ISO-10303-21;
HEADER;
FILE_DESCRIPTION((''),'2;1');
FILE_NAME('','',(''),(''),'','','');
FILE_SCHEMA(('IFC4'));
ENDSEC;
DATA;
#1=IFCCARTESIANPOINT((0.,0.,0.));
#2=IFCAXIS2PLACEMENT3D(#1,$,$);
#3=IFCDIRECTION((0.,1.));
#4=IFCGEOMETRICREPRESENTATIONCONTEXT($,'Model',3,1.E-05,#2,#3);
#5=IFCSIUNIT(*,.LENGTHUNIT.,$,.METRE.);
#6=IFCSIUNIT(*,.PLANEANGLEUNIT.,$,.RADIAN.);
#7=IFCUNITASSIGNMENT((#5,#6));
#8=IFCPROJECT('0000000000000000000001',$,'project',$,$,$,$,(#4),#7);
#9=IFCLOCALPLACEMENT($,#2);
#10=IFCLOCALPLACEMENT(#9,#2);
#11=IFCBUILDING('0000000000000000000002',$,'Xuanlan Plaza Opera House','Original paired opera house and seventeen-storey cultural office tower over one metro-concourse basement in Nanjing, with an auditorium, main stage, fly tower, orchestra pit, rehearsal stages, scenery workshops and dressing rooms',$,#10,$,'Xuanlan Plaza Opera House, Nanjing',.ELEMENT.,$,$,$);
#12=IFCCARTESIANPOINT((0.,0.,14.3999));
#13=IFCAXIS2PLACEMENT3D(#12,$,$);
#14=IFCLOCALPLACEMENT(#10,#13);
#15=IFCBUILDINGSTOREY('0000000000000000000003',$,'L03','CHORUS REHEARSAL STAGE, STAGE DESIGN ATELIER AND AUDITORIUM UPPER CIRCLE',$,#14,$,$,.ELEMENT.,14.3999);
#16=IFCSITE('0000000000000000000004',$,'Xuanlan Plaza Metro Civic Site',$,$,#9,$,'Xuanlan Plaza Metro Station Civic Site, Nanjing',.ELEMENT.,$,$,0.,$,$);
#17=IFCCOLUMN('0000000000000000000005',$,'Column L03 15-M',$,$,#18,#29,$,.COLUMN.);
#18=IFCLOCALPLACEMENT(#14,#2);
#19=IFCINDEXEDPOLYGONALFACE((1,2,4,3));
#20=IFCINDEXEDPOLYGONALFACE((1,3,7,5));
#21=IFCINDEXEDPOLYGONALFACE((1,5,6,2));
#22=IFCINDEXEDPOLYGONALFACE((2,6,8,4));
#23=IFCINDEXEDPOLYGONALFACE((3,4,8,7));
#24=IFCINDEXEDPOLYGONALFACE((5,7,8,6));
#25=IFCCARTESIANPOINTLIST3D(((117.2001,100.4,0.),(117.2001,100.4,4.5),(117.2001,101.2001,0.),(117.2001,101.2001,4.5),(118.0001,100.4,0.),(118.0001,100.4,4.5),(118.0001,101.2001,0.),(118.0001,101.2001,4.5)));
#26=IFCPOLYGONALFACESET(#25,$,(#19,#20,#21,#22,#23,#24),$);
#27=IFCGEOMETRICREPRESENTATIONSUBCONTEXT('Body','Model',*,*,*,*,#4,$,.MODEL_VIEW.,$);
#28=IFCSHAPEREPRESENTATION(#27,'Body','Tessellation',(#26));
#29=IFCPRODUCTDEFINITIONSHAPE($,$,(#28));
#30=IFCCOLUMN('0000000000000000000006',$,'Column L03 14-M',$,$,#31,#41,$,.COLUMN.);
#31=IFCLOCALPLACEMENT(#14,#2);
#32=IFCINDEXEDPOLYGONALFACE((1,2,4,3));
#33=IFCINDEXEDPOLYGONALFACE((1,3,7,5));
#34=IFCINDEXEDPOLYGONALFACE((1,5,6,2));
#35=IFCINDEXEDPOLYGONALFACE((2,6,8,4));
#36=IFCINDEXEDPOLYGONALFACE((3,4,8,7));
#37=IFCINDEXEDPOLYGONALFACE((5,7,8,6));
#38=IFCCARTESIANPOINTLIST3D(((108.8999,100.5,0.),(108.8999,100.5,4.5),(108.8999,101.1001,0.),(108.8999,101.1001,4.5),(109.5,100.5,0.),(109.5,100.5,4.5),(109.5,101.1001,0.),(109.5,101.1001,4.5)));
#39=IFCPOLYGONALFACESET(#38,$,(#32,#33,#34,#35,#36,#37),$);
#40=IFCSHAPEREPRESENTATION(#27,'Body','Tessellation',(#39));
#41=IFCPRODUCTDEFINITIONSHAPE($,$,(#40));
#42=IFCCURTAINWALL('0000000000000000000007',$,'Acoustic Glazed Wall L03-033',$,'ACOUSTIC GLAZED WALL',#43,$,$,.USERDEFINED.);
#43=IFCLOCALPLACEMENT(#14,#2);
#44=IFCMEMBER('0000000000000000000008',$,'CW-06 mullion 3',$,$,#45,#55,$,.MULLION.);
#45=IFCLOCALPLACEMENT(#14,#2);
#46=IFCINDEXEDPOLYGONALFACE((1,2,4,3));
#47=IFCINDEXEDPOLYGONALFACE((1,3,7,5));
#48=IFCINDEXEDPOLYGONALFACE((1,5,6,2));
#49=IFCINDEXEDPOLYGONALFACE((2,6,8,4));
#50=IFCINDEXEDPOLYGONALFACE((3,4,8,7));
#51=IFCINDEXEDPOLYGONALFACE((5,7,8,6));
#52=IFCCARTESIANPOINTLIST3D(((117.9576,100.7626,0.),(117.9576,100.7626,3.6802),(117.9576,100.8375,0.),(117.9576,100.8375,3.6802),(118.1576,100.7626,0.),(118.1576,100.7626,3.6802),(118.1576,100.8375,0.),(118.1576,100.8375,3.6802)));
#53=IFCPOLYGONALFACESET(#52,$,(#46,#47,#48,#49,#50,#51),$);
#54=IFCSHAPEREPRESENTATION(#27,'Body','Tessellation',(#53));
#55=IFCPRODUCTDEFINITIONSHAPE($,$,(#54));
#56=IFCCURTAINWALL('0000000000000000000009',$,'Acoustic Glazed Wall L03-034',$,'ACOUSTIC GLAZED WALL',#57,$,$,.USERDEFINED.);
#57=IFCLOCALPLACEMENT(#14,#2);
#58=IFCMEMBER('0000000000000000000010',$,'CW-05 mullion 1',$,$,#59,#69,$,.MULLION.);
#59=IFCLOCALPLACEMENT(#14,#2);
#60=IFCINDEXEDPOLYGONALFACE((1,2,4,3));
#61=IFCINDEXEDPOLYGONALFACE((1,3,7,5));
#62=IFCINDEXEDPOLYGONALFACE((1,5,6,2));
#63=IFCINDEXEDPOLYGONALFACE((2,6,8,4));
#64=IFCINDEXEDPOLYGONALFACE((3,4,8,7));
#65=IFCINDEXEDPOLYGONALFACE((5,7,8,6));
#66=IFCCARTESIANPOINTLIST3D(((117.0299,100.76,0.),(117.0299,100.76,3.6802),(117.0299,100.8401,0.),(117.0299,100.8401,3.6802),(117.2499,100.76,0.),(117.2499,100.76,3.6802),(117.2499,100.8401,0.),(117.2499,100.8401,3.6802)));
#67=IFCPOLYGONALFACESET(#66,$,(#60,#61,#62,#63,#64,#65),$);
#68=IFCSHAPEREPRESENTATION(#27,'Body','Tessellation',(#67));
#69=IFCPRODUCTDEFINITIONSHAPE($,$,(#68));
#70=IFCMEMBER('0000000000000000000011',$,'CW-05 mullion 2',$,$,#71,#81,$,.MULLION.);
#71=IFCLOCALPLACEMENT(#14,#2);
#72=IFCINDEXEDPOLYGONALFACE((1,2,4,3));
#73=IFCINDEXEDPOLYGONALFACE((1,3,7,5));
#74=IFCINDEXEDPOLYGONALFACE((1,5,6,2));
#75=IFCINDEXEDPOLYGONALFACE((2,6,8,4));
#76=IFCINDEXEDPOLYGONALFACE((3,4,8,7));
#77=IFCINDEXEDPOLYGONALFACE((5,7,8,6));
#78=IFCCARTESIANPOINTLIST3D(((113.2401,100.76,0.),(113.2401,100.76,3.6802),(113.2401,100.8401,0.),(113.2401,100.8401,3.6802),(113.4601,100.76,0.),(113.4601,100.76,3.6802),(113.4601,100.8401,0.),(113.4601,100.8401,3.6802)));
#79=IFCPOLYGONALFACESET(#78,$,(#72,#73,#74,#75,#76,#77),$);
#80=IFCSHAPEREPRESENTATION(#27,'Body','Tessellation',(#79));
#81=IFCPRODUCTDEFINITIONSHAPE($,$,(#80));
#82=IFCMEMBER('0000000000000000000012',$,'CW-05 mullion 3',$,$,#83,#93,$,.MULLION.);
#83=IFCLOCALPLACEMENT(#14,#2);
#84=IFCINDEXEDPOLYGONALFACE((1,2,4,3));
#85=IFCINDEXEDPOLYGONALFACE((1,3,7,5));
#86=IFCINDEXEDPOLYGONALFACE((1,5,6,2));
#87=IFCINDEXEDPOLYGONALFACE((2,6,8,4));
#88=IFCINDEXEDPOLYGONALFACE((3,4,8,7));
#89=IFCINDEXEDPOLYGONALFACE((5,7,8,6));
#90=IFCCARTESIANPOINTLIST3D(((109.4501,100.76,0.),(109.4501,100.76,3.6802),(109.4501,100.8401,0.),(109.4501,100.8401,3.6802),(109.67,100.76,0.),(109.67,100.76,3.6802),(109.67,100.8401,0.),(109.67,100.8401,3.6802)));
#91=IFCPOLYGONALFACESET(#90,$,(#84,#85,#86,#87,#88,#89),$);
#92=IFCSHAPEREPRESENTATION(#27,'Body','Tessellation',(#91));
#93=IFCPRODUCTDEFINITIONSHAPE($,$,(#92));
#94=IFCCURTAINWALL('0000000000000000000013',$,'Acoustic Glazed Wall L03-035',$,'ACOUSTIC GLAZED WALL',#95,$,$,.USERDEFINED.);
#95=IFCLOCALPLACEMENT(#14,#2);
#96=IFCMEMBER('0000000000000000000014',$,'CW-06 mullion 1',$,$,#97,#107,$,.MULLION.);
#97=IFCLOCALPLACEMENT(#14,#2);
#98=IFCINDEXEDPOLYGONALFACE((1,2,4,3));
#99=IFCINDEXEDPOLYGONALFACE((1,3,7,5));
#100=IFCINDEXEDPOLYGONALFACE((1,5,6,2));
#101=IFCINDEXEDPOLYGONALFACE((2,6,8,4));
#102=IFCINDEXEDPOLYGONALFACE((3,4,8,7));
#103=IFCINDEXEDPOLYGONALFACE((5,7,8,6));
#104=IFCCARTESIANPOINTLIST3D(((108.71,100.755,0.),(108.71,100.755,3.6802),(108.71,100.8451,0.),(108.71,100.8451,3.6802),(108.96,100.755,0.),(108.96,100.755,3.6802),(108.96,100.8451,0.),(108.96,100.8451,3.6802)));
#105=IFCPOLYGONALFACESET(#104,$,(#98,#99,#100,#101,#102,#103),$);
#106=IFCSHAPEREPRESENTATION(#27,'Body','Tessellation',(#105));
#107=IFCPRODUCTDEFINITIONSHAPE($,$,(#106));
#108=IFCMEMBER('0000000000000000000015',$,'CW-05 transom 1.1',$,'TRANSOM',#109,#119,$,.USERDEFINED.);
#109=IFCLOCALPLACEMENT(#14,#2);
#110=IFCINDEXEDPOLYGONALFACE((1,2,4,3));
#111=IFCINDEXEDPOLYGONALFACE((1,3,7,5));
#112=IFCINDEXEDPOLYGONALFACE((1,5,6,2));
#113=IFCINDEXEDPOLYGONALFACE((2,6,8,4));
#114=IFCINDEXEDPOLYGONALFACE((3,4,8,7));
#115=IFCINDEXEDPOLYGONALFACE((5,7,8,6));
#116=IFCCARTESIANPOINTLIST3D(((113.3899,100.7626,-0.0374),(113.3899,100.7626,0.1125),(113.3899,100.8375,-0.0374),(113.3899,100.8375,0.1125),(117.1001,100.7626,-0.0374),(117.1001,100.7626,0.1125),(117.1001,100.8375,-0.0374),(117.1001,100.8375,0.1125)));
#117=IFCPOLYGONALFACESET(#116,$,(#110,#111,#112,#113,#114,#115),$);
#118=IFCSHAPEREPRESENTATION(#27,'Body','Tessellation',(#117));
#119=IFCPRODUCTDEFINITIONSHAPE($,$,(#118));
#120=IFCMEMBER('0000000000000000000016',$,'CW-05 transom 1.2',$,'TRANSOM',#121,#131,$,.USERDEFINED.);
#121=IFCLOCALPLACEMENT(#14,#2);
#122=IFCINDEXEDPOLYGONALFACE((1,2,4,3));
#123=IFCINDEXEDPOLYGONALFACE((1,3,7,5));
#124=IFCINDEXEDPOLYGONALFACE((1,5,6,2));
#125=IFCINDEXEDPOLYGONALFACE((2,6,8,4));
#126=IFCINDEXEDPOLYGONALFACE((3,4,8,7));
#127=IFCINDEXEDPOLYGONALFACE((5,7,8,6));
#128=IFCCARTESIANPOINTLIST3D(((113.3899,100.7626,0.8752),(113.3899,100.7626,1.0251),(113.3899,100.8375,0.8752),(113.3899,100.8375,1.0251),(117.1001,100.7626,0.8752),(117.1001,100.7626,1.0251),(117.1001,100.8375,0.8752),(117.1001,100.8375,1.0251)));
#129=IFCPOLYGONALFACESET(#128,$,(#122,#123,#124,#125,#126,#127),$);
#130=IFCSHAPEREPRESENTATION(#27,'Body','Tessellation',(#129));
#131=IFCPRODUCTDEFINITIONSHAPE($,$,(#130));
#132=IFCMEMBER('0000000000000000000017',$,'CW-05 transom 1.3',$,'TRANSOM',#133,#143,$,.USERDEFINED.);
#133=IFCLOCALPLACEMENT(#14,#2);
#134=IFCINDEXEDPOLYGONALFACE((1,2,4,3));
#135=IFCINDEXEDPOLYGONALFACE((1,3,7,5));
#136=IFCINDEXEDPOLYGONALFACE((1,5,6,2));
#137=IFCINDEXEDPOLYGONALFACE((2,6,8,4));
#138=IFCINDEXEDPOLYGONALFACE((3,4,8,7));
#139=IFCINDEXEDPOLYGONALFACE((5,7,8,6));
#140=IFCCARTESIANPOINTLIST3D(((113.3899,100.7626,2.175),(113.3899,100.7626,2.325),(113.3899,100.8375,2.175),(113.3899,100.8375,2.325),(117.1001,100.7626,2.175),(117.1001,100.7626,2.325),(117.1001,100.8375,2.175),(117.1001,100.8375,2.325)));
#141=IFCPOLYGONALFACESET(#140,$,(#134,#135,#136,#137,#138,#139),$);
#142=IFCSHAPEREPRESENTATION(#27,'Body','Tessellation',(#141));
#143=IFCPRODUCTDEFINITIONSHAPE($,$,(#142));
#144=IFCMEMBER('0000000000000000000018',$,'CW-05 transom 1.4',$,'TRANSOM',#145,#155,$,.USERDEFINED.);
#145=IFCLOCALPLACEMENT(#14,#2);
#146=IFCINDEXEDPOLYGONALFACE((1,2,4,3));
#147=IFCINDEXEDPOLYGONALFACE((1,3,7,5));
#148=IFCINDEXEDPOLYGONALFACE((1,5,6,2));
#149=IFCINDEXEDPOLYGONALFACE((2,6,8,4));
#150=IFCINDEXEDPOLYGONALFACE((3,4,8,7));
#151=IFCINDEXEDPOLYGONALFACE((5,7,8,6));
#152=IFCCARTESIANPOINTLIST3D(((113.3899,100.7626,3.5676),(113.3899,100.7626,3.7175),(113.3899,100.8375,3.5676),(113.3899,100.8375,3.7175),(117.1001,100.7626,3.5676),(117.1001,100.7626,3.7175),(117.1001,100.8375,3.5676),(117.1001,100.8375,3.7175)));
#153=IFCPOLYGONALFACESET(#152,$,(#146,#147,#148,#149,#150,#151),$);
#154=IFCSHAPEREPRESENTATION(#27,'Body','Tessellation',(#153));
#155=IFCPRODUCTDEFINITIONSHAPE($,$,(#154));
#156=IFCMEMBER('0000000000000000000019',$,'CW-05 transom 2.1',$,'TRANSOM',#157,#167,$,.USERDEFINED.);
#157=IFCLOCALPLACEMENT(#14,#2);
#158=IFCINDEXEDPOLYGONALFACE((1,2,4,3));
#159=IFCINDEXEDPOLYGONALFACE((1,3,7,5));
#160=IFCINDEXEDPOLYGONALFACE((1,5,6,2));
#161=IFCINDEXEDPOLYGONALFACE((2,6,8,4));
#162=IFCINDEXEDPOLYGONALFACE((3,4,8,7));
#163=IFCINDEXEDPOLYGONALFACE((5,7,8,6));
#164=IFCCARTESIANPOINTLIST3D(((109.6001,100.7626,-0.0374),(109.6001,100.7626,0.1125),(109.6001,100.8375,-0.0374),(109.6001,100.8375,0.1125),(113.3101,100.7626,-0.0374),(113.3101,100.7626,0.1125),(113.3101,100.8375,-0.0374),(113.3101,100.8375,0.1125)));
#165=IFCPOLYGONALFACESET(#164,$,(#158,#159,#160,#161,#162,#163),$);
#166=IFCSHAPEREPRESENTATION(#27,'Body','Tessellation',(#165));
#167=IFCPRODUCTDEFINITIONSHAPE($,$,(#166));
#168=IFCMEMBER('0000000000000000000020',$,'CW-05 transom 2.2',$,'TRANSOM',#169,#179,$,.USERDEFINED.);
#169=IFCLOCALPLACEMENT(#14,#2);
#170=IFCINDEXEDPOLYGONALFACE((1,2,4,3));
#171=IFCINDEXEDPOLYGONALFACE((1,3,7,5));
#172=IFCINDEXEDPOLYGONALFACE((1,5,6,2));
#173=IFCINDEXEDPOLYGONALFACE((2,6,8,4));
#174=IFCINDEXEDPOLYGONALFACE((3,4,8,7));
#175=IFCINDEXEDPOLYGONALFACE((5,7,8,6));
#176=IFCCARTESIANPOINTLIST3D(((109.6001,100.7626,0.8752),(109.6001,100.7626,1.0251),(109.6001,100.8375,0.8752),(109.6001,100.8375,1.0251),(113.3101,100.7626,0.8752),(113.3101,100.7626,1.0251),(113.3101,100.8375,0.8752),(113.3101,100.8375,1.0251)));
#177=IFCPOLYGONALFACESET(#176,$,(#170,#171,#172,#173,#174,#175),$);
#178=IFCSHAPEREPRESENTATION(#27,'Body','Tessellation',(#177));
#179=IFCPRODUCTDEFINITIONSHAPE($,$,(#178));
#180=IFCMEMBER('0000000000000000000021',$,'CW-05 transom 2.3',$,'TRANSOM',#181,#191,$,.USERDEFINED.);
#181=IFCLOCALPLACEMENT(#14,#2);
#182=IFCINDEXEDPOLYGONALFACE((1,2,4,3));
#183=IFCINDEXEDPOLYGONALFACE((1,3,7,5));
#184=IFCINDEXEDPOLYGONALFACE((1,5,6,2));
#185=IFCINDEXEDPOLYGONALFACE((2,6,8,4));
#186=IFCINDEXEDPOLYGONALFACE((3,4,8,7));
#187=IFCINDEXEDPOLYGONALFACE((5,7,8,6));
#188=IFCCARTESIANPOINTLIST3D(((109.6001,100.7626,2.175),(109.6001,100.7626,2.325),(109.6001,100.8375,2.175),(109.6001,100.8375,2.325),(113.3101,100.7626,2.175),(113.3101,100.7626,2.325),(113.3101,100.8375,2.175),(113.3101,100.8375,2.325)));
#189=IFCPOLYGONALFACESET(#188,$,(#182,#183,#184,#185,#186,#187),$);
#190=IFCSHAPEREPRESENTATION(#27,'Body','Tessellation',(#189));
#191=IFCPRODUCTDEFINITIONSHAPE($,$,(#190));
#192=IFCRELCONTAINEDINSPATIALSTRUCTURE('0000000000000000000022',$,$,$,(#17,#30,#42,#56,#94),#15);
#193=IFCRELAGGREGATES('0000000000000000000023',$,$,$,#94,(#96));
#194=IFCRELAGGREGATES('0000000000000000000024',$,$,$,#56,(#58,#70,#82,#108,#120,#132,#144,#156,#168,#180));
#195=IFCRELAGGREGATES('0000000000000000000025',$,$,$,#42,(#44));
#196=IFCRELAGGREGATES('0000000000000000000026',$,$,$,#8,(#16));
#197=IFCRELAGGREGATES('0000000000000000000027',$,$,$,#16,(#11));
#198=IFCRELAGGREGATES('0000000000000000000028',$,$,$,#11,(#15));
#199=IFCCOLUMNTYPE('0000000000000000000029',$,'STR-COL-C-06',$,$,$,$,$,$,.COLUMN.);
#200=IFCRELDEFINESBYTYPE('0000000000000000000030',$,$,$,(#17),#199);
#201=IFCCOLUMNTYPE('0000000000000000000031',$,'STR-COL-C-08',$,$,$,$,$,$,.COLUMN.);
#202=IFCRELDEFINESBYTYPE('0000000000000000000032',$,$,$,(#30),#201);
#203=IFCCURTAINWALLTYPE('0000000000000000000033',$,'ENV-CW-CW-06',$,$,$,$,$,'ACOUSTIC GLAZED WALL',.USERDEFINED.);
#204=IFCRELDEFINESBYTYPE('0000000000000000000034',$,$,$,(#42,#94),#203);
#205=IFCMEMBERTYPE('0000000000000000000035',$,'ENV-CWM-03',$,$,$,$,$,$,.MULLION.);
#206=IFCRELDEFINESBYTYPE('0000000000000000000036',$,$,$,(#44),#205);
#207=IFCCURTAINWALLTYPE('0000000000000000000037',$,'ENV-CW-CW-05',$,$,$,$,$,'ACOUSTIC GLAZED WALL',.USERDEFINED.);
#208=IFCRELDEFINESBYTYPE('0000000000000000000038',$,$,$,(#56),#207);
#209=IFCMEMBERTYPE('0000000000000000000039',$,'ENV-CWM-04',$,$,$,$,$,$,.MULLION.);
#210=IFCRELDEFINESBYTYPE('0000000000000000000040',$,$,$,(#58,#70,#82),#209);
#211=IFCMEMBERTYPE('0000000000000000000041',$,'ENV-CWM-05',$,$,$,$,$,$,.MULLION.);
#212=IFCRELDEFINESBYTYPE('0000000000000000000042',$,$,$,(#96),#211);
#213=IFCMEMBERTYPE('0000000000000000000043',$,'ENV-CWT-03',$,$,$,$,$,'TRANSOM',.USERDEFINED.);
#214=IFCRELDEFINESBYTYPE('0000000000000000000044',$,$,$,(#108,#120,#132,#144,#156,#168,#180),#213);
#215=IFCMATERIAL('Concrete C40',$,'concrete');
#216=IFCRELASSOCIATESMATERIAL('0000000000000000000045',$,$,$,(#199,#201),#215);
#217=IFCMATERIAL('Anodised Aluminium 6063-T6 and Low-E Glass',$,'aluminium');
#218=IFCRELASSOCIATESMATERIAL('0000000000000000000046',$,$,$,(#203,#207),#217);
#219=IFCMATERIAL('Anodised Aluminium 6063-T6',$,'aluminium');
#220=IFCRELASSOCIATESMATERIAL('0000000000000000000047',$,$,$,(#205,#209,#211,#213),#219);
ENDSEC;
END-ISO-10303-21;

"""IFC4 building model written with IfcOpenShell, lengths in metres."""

from ifc_helpers import new_model, si_unit, direction, frame, origin, origin_2d, place, context, subcontext, project, spatial, rectangle, extrude, material, material_profile, profile_set, type_object, element, aggregate, save


model = new_model("IFC4")

# Units and contexts
model_context = context("Model", 3, precision=1e-05, world=origin(), true_north=direction((0.0, 1.0)))
body_context = subcontext(model_context, "Body", "Model", "MODEL_VIEW")
ifc_project = project(units=[si_unit("LENGTHUNIT", "METRE"), si_unit("PLANEANGLEUNIT", "RADIAN")], contexts=[model_context])

# Site, building, storey
site_placement = place(None, origin())
site = spatial("IfcSite", under=ifc_project, at=site_placement, Name="Xuanlan Plaza Metro Civic Site", LongName="Xuanlan Plaza Metro Station Civic Site, Nanjing", CompositionType="ELEMENT", RefElevation=0.0)
building_placement = place(site_placement, origin())
building = spatial("IfcBuilding", under=site, at=building_placement, Name="Xuanlan Plaza Opera House", Description="Original paired opera house and seventeen-storey cultural office tower over one metro-concourse basement in Nanjing, with an auditorium, main stage, fly tower, orchestra pit, rehearsal stages, scenery workshops and dressing rooms", LongName="Xuanlan Plaza Opera House, Nanjing", CompositionType="ELEMENT")
storey_placement = place(building_placement, frame((0.0, 0.0, 14.3999)))
storey = spatial("IfcBuildingStorey", under=building, at=storey_placement, Name="L03", Description="CHORUS REHEARSAL STAGE, STAGE DESIGN ATELIER AND AUDITORIUM UPPER CIRCLE", CompositionType="ELEMENT", Elevation=14.3999)

# Columns
ifc_material_1 = material(Name="Concrete C40", Category="concrete")
ifc_material_profile_1 = material_profile(ifc_material_1, rectangle(XDim=0.8, YDim=0.8, at=origin_2d()), Name="RC-COL 800x800")
ifc_profile_set_1 = profile_set([ifc_material_profile_1], Name="Concrete C40")
column_type_1 = type_object("IfcColumnType", Name="STR-COL-C-06", PredefinedType="COLUMN", material=ifc_profile_set_1)
column_1_placement = place(storey_placement, frame((117.6001, 100.8, 0.0), z_axis=(0.0, 0.0, 1.0), x_axis=(1.0, 0.0, 0.0)))
element("IfcColumn", 1, at=column_1_placement, inside=storey, type_object=column_type_1, Name="Column L03 15-M", PredefinedType="COLUMN", context=body_context, shape_type="SweptSolid", body=[
    extrude(rectangle(XDim=0.8, YDim=0.8, at=origin_2d()), origin(), (0.0, 0.0, 1.0), 4.5),
])
ifc_material_profile_2 = material_profile(ifc_material_1, rectangle(XDim=0.6001, YDim=0.6001, at=origin_2d()), Name="RC-COL 600x600")
ifc_profile_set_2 = profile_set([ifc_material_profile_2], Name="Concrete C40")
column_type_2 = type_object("IfcColumnType", Name="STR-COL-C-08", PredefinedType="COLUMN", material=ifc_profile_set_2)
column_2_placement = place(storey_placement, frame((109.2, 100.8, 0.0), z_axis=(0.0, 0.0, 1.0), x_axis=(1.0, 0.0, 0.0)))
element("IfcColumn", 2, at=column_2_placement, inside=storey, type_object=column_type_2, Name="Column L03 14-M", PredefinedType="COLUMN", context=body_context, shape_type="SweptSolid", body=[
    extrude(rectangle(XDim=0.6001, YDim=0.6001, at=origin_2d()), origin(), (0.0, 0.0, 1.0), 4.5),
])

# Curtain wall, member
ifc_material_2 = material(Name="Anodised Aluminium 6063-T6 and Low-E Glass", Category="aluminium")
curtain_wall_type_1 = type_object("IfcCurtainWallType", Name="ENV-CW-CW-06", ElementType="ACOUSTIC GLAZED WALL", PredefinedType="USERDEFINED", material=ifc_material_2)
curtain_wall_1_placement = place(storey_placement, origin())
curtain_wall_1 = element("IfcCurtainWall", 3, at=curtain_wall_1_placement, inside=storey, type_object=curtain_wall_type_1, Name="Acoustic Glazed Wall L03-033", ObjectType="ACOUSTIC GLAZED WALL", PredefinedType="USERDEFINED")
ifc_material_3 = material(Name="Anodised Aluminium 6063-T6", Category="aluminium")
ifc_material_profile_3 = material_profile(ifc_material_3, rectangle(XDim=0.075, YDim=0.2, at=origin_2d()), Name="ALU-M 75x200")
ifc_profile_set_3 = profile_set([ifc_material_profile_3], Name="Anodised Aluminium 6063-T6")
member_type_1 = type_object("IfcMemberType", Name="ENV-CWM-03", PredefinedType="MULLION", material=ifc_profile_set_3)
member_1_placement = place(storey_placement, frame((118.0576, 100.8, 0.0), z_axis=(0.0, 0.0, 1.0), x_axis=(0.0, -1.0, 0.0)))
member_1 = element("IfcMember", 4, at=member_1_placement, type_object=member_type_1, Name="CW-06 mullion 3", PredefinedType="MULLION", context=body_context, shape_type="SweptSolid", body=[
    extrude(rectangle(XDim=0.075, YDim=0.2, at=origin_2d()), origin(), (0.0, 0.0, 1.0), 3.6802),
])

# Curtain wall, members
curtain_wall_type_2 = type_object("IfcCurtainWallType", Name="ENV-CW-CW-05", ElementType="ACOUSTIC GLAZED WALL", PredefinedType="USERDEFINED", material=ifc_material_2)
curtain_wall_2_placement = place(storey_placement, origin())
curtain_wall_2 = element("IfcCurtainWall", 5, at=curtain_wall_2_placement, inside=storey, type_object=curtain_wall_type_2, Name="Acoustic Glazed Wall L03-034", ObjectType="ACOUSTIC GLAZED WALL", PredefinedType="USERDEFINED")
ifc_material_profile_4 = material_profile(ifc_material_3, rectangle(XDim=0.0801, YDim=0.22, at=origin_2d()), Name="ALU-M 80x220")
ifc_profile_set_4 = profile_set([ifc_material_profile_4], Name="Anodised Aluminium 6063-T6")
member_type_2 = type_object("IfcMemberType", Name="ENV-CWM-04", PredefinedType="MULLION", material=ifc_profile_set_4)
member_2_placement = place(storey_placement, frame((117.1399, 100.8, 0.0), z_axis=(0.0, 0.0, 1.0), x_axis=(0.0, -1.0, 0.0)))
member_2 = element("IfcMember", 6, at=member_2_placement, type_object=member_type_2, Name="CW-05 mullion 1", PredefinedType="MULLION", context=body_context, shape_type="SweptSolid", body=[
    extrude(rectangle(XDim=0.0801, YDim=0.22, at=origin_2d()), origin(), (0.0, 0.0, 1.0), 3.6802),
])
member_3_placement = place(storey_placement, frame((113.3501, 100.8, 0.0), z_axis=(0.0, 0.0, 1.0), x_axis=(0.0, -1.0, 0.0)))
member_3 = element("IfcMember", 7, at=member_3_placement, type_object=member_type_2, Name="CW-05 mullion 2", PredefinedType="MULLION", context=body_context, shape_type="SweptSolid", body=[
    extrude(rectangle(XDim=0.0801, YDim=0.22, at=origin_2d()), origin(), (0.0, 0.0, 1.0), 3.6802),
])
member_4_placement = place(storey_placement, frame((109.5601, 100.8, 0.0), z_axis=(0.0, 0.0, 1.0), x_axis=(0.0, -1.0, 0.0)))
member_4 = element("IfcMember", 8, at=member_4_placement, type_object=member_type_2, Name="CW-05 mullion 3", PredefinedType="MULLION", context=body_context, shape_type="SweptSolid", body=[
    extrude(rectangle(XDim=0.0801, YDim=0.22, at=origin_2d()), origin(), (0.0, 0.0, 1.0), 3.6802),
])

# Curtain wall, member
curtain_wall_3_placement = place(storey_placement, origin())
curtain_wall_3 = element("IfcCurtainWall", 9, at=curtain_wall_3_placement, inside=storey, type_object=curtain_wall_type_1, Name="Acoustic Glazed Wall L03-035", ObjectType="ACOUSTIC GLAZED WALL", PredefinedType="USERDEFINED")
ifc_material_profile_5 = material_profile(ifc_material_3, rectangle(XDim=0.0901, YDim=0.25, at=origin_2d()), Name="ALU-M 90x250")
ifc_profile_set_5 = profile_set([ifc_material_profile_5], Name="Anodised Aluminium 6063-T6")
member_type_3 = type_object("IfcMemberType", Name="ENV-CWM-05", PredefinedType="MULLION", material=ifc_profile_set_5)
member_5_placement = place(storey_placement, frame((108.835, 100.8, 0.0), z_axis=(0.0, 0.0, 1.0), x_axis=(0.0, -1.0, 0.0)))
member_5 = element("IfcMember", 10, at=member_5_placement, type_object=member_type_3, Name="CW-06 mullion 1", PredefinedType="MULLION", context=body_context, shape_type="SweptSolid", body=[
    extrude(rectangle(XDim=0.0901, YDim=0.25, at=origin_2d()), origin(), (0.0, 0.0, 1.0), 3.6802),
])

# Members
ifc_material_profile_6 = material_profile(ifc_material_3, rectangle(XDim=0.075, YDim=0.1499, at=origin_2d()), Name="ALU-T 75x150")
ifc_profile_set_6 = profile_set([ifc_material_profile_6], Name="Anodised Aluminium 6063-T6")
member_type_4 = type_object("IfcMemberType", Name="ENV-CWT-03", ElementType="TRANSOM", PredefinedType="USERDEFINED", material=ifc_profile_set_6)
member_6_placement = place(storey_placement, frame((117.1001, 100.8, 0.0376), z_axis=(-1.0, 0.0, 0.0), x_axis=(0.0, -1.0, 0.0)))
member_6 = element("IfcMember", 11, at=member_6_placement, type_object=member_type_4, Name="CW-05 transom 1.1", ObjectType="TRANSOM", PredefinedType="USERDEFINED", context=body_context, shape_type="SweptSolid", body=[
    extrude(rectangle(XDim=0.075, YDim=0.1499, at=origin_2d()), origin(), (0.0, 0.0, 1.0), 3.7102),
])
member_7_placement = place(storey_placement, frame((117.1001, 100.8, 0.9502), z_axis=(-1.0, 0.0, 0.0), x_axis=(0.0, -1.0, 0.0)))
member_7 = element("IfcMember", 12, at=member_7_placement, type_object=member_type_4, Name="CW-05 transom 1.2", ObjectType="TRANSOM", PredefinedType="USERDEFINED", context=body_context, shape_type="SweptSolid", body=[
    extrude(rectangle(XDim=0.075, YDim=0.1499, at=origin_2d()), origin(), (0.0, 0.0, 1.0), 3.7102),
])
member_8_placement = place(storey_placement, frame((117.1001, 100.8, 2.25), z_axis=(-1.0, 0.0, 0.0), x_axis=(0.0, -1.0, 0.0)))
member_8 = element("IfcMember", 13, at=member_8_placement, type_object=member_type_4, Name="CW-05 transom 1.3", ObjectType="TRANSOM", PredefinedType="USERDEFINED", context=body_context, shape_type="SweptSolid", body=[
    extrude(rectangle(XDim=0.075, YDim=0.1499, at=origin_2d()), origin(), (0.0, 0.0, 1.0), 3.7102),
])
member_9_placement = place(storey_placement, frame((117.1001, 100.8, 3.6426), z_axis=(-1.0, 0.0, 0.0), x_axis=(0.0, -1.0, 0.0)))
member_9 = element("IfcMember", 14, at=member_9_placement, type_object=member_type_4, Name="CW-05 transom 1.4", ObjectType="TRANSOM", PredefinedType="USERDEFINED", context=body_context, shape_type="SweptSolid", body=[
    extrude(rectangle(XDim=0.075, YDim=0.1499, at=origin_2d()), origin(), (0.0, 0.0, 1.0), 3.7102),
])
member_10_placement = place(storey_placement, frame((113.3101, 100.8, 0.0376), z_axis=(-1.0, 0.0, 0.0), x_axis=(0.0, -1.0, 0.0)))
member_10 = element("IfcMember", 15, at=member_10_placement, type_object=member_type_4, Name="CW-05 transom 2.1", ObjectType="TRANSOM", PredefinedType="USERDEFINED", context=body_context, shape_type="SweptSolid", body=[
    extrude(rectangle(XDim=0.075, YDim=0.1499, at=origin_2d()), origin(), (0.0, 0.0, 1.0), 3.71),
])
member_11_placement = place(storey_placement, frame((113.3101, 100.8, 0.9502), z_axis=(-1.0, 0.0, 0.0), x_axis=(0.0, -1.0, 0.0)))
member_11 = element("IfcMember", 16, at=member_11_placement, type_object=member_type_4, Name="CW-05 transom 2.2", ObjectType="TRANSOM", PredefinedType="USERDEFINED", context=body_context, shape_type="SweptSolid", body=[
    extrude(rectangle(XDim=0.075, YDim=0.1499, at=origin_2d()), origin(), (0.0, 0.0, 1.0), 3.71),
])
member_12_placement = place(storey_placement, frame((113.3101, 100.8, 2.25), z_axis=(-1.0, 0.0, 0.0), x_axis=(0.0, -1.0, 0.0)))
member_12 = element("IfcMember", 17, at=member_12_placement, type_object=member_type_4, Name="CW-05 transom 2.3", ObjectType="TRANSOM", PredefinedType="USERDEFINED", context=body_context, shape_type="SweptSolid", body=[
    extrude(rectangle(XDim=0.075, YDim=0.1499, at=origin_2d()), origin(), (0.0, 0.0, 1.0), 3.71),
])
aggregate(curtain_wall_3, [member_5])

aggregate(curtain_wall_2, [member_2, member_3, member_4, member_6, member_7, member_8, member_9, member_10, member_11, member_12])
aggregate(curtain_wall_1, [member_1])

save(model, "model.ifc")
